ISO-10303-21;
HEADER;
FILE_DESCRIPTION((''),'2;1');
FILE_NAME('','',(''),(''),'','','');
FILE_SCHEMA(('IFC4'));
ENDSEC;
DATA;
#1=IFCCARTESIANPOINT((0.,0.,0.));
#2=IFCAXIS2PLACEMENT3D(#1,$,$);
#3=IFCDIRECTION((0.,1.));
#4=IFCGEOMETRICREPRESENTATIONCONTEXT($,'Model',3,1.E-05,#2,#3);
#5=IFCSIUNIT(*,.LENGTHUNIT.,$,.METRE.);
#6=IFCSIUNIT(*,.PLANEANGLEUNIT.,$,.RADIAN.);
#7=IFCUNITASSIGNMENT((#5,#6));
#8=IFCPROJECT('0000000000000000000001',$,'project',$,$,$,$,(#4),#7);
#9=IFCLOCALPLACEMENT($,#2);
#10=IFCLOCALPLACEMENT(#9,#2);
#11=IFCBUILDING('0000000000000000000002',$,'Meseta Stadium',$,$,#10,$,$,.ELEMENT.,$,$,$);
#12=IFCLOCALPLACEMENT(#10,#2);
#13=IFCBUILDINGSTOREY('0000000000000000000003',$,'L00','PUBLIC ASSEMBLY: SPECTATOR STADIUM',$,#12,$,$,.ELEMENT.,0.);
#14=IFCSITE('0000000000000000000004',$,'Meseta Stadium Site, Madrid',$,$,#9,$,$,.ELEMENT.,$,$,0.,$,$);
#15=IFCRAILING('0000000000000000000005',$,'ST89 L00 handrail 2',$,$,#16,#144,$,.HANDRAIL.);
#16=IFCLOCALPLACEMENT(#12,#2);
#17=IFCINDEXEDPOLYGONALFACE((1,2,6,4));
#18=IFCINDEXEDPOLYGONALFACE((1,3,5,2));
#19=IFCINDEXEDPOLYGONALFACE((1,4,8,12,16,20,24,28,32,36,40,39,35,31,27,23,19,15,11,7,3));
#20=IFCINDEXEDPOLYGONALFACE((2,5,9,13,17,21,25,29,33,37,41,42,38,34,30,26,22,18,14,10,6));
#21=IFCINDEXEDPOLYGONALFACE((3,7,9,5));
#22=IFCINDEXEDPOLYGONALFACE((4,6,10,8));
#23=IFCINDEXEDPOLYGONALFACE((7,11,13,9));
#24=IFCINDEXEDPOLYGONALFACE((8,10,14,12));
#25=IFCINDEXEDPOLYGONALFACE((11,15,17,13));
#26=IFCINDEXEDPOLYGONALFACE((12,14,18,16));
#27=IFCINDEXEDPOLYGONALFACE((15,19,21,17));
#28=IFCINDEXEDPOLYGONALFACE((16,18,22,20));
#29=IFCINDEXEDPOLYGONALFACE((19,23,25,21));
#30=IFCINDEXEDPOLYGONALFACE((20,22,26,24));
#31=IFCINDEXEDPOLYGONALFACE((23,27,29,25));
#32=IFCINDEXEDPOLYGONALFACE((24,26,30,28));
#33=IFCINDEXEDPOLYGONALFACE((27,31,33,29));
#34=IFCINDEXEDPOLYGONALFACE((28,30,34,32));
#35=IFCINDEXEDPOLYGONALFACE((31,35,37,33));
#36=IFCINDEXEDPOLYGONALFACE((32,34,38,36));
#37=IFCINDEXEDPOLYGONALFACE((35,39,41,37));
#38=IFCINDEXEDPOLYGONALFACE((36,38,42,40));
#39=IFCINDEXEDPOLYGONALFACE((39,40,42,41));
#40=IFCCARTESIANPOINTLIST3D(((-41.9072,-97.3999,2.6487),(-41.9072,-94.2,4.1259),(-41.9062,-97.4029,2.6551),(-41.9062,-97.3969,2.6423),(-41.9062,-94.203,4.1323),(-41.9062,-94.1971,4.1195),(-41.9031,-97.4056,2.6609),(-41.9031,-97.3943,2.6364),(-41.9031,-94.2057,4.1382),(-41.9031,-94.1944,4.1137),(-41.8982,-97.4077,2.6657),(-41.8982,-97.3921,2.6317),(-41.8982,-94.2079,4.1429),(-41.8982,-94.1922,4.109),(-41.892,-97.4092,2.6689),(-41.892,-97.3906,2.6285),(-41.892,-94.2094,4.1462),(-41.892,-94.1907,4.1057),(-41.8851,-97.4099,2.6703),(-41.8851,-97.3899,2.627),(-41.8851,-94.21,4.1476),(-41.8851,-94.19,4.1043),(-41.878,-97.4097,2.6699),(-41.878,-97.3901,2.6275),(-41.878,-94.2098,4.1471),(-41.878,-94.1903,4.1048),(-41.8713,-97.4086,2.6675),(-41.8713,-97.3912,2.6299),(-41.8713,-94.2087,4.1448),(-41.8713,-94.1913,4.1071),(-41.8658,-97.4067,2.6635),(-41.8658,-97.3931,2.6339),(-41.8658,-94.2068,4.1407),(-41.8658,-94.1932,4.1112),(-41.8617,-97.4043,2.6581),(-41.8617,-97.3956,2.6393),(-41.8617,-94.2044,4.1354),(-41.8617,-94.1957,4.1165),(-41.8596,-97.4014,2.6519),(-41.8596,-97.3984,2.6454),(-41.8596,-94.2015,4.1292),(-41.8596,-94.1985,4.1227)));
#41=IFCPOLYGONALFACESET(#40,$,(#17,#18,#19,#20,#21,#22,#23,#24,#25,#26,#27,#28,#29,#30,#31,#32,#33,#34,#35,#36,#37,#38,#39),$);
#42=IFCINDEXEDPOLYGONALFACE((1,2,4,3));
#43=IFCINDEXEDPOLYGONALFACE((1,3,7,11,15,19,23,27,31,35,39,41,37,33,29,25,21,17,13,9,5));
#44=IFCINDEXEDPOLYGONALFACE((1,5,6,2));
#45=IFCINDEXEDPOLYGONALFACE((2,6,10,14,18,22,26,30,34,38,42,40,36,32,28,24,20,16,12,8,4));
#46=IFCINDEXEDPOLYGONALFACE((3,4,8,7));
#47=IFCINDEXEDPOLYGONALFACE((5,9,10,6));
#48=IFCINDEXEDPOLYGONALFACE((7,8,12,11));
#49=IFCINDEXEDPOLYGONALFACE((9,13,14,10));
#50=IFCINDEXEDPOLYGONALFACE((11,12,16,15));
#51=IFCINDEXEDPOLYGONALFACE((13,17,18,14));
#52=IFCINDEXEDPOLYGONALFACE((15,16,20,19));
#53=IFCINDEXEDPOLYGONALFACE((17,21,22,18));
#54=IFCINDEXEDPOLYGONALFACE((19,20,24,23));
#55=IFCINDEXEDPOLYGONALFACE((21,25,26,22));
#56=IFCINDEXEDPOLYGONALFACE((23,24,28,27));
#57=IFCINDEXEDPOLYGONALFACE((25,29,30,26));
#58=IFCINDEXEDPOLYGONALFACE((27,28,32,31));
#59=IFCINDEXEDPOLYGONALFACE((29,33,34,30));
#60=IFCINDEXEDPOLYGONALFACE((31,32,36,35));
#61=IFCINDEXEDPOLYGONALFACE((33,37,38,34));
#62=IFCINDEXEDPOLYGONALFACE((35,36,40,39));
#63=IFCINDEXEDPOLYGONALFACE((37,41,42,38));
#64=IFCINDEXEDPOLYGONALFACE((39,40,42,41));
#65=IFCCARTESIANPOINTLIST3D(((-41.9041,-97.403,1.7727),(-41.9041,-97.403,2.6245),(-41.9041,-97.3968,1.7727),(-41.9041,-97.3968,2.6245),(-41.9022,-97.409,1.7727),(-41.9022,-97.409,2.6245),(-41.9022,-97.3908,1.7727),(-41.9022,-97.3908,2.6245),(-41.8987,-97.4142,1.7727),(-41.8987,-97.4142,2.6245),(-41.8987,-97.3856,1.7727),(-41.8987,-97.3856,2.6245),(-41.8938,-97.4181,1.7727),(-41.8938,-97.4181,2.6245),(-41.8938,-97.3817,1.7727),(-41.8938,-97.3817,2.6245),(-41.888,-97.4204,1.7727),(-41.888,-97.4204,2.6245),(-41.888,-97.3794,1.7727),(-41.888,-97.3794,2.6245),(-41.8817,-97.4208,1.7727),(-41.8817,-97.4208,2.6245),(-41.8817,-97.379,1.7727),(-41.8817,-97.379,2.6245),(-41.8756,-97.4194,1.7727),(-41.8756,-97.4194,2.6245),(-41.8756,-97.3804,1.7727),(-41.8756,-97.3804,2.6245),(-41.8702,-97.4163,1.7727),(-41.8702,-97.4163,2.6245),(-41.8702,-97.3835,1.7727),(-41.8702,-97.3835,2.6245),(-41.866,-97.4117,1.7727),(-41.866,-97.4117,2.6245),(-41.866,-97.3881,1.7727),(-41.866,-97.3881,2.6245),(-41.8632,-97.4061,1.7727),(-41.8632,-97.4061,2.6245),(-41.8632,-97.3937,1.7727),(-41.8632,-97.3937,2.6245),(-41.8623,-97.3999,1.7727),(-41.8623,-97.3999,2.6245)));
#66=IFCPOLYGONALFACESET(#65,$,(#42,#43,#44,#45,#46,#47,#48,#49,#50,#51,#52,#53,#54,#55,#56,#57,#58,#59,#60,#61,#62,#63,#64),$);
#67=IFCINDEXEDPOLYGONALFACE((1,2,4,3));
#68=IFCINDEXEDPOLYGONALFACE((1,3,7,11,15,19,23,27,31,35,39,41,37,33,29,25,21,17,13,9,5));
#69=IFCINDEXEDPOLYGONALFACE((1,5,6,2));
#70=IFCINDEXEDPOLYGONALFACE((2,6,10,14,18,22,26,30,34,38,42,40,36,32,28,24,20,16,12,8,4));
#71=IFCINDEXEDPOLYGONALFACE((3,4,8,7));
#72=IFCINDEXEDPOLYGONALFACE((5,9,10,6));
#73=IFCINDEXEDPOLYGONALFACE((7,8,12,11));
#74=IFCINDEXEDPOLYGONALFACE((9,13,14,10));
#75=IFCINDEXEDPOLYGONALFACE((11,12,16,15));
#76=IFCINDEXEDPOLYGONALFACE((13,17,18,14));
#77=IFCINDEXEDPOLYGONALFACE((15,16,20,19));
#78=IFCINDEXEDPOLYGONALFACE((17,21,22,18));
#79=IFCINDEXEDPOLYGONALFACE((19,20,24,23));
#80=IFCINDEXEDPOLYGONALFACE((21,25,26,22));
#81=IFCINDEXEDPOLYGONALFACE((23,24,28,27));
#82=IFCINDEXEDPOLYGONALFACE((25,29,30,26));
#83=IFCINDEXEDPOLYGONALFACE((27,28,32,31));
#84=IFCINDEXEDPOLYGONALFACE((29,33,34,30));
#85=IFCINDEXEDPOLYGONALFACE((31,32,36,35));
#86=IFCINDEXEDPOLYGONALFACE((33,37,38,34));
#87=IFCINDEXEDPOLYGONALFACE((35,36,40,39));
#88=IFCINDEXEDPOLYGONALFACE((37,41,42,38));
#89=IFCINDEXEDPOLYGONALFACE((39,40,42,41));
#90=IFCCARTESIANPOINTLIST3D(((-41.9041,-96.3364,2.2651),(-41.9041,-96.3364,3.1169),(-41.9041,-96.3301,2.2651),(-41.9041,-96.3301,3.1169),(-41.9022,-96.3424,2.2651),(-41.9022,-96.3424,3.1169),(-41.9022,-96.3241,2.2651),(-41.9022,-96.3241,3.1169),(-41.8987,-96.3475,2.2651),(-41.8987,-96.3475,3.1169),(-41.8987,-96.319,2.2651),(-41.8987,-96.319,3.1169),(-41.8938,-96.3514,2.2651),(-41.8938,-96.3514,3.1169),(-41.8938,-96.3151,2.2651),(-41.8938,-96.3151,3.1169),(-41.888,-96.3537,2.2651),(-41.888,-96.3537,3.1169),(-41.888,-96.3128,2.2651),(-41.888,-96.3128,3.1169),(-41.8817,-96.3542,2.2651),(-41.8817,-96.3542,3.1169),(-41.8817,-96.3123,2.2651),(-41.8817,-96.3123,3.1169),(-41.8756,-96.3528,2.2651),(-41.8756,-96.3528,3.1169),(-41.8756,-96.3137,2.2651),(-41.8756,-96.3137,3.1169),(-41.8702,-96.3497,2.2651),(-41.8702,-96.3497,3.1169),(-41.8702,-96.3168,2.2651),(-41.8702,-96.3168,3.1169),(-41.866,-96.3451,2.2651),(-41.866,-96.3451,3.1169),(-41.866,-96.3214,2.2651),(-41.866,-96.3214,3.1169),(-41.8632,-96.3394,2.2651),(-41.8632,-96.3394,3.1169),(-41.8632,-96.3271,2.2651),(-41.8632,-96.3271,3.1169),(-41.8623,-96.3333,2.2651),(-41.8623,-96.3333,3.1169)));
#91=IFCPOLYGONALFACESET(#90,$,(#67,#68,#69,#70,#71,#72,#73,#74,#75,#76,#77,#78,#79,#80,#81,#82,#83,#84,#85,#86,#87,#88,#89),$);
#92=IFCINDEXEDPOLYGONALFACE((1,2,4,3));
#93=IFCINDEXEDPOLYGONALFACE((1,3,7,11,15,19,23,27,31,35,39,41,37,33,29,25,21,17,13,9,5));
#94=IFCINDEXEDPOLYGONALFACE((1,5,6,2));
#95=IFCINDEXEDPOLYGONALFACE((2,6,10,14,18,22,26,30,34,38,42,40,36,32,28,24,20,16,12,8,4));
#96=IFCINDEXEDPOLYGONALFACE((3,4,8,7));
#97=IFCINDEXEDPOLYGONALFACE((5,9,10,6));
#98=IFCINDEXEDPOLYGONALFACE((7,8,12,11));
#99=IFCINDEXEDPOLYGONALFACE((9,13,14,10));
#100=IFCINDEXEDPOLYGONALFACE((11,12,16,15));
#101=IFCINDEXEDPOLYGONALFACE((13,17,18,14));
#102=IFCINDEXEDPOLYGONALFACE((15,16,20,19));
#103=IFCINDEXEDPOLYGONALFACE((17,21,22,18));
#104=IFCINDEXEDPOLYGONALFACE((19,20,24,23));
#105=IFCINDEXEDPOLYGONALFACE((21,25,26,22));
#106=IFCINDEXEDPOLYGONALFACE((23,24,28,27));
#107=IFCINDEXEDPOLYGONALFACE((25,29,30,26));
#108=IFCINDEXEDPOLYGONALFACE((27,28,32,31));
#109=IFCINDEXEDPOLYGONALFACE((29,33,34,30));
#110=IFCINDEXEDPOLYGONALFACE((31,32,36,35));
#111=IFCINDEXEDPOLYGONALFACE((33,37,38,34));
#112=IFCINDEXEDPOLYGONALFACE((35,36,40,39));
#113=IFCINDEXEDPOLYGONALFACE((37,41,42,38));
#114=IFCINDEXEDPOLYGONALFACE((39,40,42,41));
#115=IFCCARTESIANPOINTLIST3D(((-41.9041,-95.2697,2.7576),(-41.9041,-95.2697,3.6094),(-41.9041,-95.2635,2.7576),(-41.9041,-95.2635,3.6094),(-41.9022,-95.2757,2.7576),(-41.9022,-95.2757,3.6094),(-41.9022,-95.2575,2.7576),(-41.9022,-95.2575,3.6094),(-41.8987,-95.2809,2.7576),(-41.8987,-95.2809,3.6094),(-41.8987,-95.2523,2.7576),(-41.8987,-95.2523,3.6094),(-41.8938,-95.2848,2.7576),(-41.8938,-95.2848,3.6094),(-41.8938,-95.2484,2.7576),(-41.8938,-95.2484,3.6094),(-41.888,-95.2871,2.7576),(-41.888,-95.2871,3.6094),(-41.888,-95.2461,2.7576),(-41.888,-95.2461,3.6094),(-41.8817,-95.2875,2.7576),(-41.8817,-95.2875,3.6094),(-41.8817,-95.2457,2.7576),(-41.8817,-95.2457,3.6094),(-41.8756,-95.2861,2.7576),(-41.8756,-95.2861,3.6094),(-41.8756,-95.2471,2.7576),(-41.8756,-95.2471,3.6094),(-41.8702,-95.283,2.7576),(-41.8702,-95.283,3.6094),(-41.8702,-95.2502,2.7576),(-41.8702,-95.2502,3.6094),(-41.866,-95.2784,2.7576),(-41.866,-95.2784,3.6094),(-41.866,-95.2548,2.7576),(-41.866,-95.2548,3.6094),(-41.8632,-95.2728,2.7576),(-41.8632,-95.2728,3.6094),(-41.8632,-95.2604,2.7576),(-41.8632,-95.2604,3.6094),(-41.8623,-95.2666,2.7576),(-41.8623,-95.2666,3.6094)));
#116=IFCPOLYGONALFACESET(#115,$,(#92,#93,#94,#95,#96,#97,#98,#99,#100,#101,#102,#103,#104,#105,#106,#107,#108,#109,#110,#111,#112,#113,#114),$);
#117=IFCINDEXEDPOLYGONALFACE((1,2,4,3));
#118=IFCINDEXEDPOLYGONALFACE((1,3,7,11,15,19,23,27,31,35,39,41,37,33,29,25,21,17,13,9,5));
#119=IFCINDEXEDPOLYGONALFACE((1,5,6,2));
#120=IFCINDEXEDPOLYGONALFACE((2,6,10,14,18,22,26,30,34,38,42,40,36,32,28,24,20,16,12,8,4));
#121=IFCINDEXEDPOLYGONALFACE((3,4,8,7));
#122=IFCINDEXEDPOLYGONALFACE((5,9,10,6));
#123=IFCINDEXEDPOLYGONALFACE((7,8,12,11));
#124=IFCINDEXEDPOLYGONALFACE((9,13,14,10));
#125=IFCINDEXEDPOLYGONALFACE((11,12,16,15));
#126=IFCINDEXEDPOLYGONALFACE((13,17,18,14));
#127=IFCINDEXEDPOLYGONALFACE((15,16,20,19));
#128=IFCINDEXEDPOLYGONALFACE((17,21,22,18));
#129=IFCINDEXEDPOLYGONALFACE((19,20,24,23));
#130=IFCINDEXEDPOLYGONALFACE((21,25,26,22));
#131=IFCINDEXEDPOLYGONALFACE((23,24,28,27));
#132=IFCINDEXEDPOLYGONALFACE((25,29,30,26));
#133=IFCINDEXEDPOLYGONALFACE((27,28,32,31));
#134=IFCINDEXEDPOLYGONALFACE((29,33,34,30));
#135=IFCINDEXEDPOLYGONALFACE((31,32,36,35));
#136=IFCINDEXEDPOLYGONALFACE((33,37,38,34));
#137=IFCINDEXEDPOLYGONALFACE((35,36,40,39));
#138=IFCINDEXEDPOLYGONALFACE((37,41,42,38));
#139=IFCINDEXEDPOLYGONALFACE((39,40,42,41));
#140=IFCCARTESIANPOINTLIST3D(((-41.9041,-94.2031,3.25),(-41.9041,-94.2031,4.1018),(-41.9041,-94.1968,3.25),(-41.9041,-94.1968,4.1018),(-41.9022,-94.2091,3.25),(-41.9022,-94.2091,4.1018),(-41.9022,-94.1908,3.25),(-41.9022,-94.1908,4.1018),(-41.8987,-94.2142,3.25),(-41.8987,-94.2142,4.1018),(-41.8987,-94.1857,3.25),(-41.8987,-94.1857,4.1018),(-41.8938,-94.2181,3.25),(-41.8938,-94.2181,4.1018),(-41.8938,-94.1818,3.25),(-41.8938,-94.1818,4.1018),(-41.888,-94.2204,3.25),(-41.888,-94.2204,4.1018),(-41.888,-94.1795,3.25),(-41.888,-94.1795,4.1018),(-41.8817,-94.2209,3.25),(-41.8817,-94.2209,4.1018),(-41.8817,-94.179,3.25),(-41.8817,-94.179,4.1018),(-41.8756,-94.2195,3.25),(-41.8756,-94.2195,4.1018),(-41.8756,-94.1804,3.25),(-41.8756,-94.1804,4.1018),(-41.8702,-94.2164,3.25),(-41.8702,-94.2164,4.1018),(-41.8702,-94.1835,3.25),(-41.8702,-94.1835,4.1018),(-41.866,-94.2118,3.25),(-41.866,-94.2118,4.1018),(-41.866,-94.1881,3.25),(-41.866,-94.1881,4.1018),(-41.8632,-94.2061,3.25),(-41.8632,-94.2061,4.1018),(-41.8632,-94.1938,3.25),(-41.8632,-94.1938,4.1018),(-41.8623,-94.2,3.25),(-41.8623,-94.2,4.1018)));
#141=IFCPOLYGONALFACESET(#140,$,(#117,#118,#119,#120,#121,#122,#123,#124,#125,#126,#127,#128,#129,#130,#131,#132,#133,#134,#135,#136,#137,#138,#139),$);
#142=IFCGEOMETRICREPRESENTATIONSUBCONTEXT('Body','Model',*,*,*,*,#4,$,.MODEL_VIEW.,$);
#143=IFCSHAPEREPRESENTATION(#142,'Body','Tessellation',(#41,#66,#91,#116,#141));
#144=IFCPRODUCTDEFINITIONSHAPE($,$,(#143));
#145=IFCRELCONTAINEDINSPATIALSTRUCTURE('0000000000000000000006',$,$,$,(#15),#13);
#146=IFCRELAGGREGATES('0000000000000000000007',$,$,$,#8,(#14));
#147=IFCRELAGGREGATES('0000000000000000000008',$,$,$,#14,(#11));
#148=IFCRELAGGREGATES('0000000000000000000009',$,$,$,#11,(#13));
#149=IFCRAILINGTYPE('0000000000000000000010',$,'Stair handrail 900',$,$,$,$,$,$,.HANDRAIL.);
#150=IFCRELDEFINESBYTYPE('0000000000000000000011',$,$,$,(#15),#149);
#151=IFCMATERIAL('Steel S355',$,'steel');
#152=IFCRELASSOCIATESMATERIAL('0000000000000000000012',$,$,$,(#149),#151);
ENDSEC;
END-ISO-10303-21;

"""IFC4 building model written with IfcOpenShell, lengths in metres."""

from ifc_helpers import new_model, si_unit, direction, frame, origin, origin_2d, place, context, subcontext, project, spatial, circle, extrude, material, type_object, element, save


model = new_model("IFC4")

# Units and contexts
model_context = context("Model", 3, precision=1e-05, world=origin(), true_north=direction((0.0, 1.0)))
body_context = subcontext(model_context, "Body", "Model", "MODEL_VIEW")
ifc_project = project(units=[si_unit("LENGTHUNIT", "METRE"), si_unit("PLANEANGLEUNIT", "RADIAN")], contexts=[model_context])

# Site, building, storey
site_placement = place(None, origin())
site = spatial("IfcSite", under=ifc_project, at=site_placement, Name="Meseta Stadium Site, Madrid", CompositionType="ELEMENT", RefElevation=0.0)
building_placement = place(site_placement, origin())
building = spatial("IfcBuilding", under=site, at=building_placement, Name="Meseta Stadium", CompositionType="ELEMENT")
storey_placement = place(building_placement, origin())
storey = spatial("IfcBuildingStorey", under=building, at=storey_placement, Name="L00", Description="PUBLIC ASSEMBLY: SPECTATOR STADIUM", CompositionType="ELEMENT", Elevation=0.0)

# Railing
ifc_material_1 = material(Name="Steel S355", Category="steel")
railing_type_1 = type_object("IfcRailingType", Name="Stair handrail 900", PredefinedType="HANDRAIL", material=ifc_material_1)
railing_1_placement = place(storey_placement, frame((-41.8833, -97.3999, 1.7727)))
element("IfcRailing", 1, at=railing_1_placement, inside=storey, type_object=railing_type_1, Name="ST89 L00 handrail 2", PredefinedType="HANDRAIL", context=body_context, shape_type="SweptSolid", body=[
    extrude(circle(Radius=0.0239, at=origin_2d()), frame((0.0, 0.0, 0.876), z_axis=(0.0, 0.907917, 0.41915), x_axis=(-1.0, 0.0, 0.0)), (0.0, 0.0, 1.0), 3.5244),
    extrude(circle(Radius=0.021, at=origin_2d()), origin(), (0.0, 0.0, 1.0), 0.8518),
    extrude(circle(Radius=0.021, at=origin_2d()), frame((0.0, 1.0667, 0.4924)), (0.0, 0.0, 1.0), 0.8518),
    extrude(circle(Radius=0.021, at=origin_2d()), frame((0.0, 2.1333, 0.9849)), (0.0, 0.0, 1.0), 0.8518),
    extrude(circle(Radius=0.021, at=origin_2d()), frame((0.0, 3.2, 1.4773)), (0.0, 0.0, 1.0), 0.8518),
])

save(model, "model.ifc")
